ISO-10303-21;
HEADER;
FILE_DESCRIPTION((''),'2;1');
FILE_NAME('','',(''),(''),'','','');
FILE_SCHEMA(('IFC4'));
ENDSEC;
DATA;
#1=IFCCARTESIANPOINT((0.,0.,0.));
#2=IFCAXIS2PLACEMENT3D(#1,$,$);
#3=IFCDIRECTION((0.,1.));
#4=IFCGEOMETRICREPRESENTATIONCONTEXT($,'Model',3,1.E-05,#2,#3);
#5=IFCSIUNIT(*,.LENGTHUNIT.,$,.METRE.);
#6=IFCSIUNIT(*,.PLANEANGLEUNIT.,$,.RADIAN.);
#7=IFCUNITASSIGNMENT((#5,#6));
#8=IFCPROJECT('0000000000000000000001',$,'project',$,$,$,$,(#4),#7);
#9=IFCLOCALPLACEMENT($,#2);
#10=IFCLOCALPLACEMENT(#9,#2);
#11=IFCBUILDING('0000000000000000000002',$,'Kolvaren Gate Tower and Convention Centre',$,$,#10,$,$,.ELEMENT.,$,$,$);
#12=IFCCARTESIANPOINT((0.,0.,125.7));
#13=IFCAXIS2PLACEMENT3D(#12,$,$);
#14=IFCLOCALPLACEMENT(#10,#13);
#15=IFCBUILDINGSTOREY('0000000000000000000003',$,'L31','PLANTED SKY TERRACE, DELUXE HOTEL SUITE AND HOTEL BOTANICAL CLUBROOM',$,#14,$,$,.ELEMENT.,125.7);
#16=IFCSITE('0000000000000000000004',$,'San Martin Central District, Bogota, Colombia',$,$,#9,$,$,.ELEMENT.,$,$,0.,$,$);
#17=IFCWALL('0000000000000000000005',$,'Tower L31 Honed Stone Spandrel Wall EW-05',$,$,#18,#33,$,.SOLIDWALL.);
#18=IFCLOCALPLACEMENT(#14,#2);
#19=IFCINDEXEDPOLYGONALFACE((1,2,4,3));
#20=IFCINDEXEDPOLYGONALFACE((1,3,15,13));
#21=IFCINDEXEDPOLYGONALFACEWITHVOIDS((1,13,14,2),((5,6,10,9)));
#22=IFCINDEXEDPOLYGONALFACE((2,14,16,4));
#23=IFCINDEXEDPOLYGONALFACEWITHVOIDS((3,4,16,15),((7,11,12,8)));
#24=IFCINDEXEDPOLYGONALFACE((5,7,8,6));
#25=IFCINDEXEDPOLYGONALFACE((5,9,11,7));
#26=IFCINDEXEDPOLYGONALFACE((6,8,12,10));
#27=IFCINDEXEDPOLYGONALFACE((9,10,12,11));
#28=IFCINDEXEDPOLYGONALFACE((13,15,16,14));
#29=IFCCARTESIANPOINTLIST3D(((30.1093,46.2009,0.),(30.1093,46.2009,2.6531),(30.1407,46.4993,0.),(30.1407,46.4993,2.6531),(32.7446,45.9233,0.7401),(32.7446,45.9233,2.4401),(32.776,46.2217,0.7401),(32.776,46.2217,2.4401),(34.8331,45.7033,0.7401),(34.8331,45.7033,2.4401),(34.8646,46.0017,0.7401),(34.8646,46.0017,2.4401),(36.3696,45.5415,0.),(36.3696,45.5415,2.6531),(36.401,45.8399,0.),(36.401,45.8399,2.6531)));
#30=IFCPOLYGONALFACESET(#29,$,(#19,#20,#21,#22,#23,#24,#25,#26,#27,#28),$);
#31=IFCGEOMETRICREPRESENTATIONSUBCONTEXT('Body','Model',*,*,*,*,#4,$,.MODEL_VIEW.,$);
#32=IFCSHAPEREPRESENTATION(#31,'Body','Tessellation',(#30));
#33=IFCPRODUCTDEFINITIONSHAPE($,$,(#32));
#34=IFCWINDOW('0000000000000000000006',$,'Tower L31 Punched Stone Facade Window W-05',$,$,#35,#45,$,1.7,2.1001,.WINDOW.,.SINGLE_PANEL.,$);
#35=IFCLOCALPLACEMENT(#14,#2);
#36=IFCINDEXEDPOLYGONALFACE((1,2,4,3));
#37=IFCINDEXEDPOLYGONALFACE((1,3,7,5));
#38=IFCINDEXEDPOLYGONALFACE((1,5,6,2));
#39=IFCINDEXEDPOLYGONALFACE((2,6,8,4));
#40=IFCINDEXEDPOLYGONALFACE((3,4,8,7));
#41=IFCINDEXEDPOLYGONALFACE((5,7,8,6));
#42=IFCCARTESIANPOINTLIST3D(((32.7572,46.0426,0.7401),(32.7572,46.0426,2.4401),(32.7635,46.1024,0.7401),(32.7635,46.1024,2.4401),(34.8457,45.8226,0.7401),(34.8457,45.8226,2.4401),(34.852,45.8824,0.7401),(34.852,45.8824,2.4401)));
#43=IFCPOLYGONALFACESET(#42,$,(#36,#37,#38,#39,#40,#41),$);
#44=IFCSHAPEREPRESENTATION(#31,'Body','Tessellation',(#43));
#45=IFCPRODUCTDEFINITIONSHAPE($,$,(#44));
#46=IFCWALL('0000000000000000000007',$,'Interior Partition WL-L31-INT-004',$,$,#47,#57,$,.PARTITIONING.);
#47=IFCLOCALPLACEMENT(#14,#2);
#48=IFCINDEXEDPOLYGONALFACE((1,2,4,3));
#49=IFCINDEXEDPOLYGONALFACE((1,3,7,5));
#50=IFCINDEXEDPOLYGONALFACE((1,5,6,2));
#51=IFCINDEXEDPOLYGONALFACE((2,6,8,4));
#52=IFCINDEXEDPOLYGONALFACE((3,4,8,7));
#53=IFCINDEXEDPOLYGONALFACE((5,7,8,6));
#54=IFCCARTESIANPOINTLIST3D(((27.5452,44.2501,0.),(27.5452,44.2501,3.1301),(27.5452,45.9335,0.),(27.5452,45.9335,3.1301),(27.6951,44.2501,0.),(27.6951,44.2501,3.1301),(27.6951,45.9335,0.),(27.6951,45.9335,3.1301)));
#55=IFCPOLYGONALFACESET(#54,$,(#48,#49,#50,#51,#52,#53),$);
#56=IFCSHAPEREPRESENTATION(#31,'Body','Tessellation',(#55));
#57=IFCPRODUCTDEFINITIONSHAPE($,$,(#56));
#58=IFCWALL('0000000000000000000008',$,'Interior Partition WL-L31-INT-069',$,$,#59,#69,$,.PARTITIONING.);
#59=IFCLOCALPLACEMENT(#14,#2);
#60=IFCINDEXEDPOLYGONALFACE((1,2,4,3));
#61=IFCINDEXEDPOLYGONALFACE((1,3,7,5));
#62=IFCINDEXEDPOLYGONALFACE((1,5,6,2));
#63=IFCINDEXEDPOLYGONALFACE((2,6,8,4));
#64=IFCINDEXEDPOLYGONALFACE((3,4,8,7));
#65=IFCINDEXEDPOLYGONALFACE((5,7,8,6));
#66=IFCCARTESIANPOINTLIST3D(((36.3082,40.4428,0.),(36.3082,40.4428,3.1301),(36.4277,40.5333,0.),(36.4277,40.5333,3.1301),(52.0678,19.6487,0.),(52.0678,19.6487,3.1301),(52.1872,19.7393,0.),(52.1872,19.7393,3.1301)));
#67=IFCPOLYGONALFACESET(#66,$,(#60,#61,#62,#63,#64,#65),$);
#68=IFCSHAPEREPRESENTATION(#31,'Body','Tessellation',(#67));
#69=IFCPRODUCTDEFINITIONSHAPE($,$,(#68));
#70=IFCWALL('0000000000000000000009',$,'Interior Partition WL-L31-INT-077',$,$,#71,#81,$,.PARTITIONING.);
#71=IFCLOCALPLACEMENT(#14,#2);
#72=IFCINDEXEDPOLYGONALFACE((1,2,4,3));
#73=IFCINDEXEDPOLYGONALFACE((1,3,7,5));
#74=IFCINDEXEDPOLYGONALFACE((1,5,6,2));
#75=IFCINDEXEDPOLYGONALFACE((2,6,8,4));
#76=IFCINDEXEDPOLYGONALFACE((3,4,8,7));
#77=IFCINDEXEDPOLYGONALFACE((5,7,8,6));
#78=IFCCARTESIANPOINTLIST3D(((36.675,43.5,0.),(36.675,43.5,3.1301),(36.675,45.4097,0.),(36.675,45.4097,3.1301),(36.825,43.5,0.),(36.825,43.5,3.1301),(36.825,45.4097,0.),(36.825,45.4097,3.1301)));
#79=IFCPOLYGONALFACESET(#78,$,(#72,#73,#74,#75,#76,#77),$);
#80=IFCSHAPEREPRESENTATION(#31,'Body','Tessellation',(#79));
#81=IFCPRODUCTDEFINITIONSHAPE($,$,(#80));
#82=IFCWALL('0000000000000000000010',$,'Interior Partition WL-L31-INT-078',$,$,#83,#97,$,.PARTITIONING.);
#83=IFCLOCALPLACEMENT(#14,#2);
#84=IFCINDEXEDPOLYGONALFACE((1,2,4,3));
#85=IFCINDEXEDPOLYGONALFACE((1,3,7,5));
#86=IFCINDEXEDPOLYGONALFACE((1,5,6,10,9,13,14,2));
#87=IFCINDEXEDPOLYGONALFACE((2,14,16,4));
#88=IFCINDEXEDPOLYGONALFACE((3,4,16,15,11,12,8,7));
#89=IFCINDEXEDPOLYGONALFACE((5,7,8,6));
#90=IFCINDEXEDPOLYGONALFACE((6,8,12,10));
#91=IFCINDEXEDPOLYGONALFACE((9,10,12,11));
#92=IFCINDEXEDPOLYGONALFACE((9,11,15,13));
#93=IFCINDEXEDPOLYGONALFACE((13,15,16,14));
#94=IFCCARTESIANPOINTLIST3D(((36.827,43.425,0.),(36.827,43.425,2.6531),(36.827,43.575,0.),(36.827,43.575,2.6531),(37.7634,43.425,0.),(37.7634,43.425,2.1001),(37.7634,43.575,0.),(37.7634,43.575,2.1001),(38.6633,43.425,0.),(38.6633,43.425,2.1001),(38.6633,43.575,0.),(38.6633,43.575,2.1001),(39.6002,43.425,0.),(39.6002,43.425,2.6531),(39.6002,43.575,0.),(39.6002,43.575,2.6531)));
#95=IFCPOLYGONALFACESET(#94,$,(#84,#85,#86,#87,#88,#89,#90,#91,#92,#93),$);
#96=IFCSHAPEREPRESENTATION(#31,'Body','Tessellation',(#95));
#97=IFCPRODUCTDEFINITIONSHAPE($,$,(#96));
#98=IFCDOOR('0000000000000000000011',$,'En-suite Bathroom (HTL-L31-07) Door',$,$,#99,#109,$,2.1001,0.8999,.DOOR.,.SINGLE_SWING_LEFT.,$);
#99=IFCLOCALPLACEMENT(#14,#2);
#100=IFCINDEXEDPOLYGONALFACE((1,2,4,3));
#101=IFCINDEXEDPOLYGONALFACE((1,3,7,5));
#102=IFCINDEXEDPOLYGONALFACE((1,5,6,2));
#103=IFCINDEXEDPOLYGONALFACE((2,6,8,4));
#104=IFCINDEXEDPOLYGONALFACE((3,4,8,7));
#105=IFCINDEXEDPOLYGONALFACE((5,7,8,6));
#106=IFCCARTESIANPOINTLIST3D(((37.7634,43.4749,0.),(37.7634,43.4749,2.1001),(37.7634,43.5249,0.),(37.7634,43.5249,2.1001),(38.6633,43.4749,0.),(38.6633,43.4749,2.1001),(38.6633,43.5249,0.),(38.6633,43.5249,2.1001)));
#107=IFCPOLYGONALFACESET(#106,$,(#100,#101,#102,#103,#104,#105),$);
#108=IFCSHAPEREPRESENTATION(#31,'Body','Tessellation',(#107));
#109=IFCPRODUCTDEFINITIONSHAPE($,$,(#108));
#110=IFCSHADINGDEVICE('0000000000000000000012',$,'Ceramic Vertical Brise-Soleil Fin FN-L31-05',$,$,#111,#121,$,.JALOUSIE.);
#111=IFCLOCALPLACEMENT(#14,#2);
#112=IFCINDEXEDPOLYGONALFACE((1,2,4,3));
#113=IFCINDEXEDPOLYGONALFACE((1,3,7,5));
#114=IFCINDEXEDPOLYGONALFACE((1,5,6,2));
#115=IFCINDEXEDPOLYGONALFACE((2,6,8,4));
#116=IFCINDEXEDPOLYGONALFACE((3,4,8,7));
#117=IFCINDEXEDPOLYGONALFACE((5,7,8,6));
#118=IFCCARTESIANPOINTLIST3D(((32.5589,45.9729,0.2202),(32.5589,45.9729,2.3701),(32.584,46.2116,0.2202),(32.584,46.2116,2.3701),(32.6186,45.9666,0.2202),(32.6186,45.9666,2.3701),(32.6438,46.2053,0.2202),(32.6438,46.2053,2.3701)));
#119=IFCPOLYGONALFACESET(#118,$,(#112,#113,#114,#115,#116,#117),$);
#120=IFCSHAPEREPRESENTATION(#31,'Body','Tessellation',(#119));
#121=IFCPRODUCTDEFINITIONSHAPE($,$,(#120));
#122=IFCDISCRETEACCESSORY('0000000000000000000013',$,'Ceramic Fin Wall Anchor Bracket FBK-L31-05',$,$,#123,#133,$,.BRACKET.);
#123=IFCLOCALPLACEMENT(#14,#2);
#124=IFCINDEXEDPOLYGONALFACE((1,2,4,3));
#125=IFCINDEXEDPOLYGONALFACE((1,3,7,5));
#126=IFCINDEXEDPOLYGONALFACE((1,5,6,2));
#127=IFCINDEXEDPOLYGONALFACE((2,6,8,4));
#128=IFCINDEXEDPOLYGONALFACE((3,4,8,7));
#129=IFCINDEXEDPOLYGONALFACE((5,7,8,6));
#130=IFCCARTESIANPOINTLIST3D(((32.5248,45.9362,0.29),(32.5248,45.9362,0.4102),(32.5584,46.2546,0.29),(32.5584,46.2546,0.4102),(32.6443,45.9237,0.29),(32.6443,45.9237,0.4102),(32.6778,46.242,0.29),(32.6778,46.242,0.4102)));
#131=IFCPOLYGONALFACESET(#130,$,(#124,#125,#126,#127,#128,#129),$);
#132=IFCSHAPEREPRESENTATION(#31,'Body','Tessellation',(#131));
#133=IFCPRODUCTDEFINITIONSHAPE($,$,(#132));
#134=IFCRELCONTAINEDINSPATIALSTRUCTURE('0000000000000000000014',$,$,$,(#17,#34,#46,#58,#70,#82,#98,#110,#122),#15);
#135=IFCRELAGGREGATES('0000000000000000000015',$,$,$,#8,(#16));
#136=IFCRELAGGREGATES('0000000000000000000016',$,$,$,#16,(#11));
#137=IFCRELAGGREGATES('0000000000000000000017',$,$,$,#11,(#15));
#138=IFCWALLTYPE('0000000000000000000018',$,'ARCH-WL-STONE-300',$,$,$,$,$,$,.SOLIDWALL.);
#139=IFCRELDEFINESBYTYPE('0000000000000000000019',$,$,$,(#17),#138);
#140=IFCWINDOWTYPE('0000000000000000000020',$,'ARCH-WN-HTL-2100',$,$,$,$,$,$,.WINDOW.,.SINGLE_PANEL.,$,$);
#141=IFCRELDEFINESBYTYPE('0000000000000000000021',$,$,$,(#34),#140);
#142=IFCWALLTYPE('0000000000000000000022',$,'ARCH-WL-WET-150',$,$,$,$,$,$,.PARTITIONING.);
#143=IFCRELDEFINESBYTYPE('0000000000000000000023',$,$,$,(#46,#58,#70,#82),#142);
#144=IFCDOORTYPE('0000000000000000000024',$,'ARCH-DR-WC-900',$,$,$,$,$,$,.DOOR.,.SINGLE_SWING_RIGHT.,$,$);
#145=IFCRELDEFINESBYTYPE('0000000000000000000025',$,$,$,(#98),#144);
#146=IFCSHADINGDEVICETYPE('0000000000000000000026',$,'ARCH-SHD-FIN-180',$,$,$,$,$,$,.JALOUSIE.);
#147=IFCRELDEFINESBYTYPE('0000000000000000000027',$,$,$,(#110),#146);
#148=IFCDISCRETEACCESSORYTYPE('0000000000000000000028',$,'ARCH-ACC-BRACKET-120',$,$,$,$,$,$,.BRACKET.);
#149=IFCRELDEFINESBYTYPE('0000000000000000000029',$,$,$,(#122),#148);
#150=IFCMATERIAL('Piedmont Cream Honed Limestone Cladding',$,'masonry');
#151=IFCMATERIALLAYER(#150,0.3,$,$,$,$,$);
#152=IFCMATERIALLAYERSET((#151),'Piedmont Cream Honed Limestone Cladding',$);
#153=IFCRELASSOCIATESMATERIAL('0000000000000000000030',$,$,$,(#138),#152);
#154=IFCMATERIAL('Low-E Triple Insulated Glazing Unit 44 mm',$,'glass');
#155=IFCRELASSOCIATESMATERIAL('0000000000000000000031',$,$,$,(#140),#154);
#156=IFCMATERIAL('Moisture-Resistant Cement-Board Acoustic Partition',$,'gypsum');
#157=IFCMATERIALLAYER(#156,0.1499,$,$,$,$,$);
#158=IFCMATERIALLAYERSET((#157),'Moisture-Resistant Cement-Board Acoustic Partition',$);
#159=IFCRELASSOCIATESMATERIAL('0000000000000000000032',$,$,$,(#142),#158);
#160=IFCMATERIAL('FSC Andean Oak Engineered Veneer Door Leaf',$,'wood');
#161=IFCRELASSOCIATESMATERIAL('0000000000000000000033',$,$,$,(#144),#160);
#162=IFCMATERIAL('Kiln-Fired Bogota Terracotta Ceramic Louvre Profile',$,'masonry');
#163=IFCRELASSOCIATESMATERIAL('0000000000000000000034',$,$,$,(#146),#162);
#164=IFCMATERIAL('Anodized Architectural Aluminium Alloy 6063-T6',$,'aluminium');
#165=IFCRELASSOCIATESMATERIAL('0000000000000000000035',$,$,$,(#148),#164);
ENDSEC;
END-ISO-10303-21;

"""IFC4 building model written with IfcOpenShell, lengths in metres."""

from ifc_helpers import new_model, si_unit, direction, frame, frame_2d, origin, origin_2d, place, context, subcontext, project, spatial, rectangle, extrude, material, layer, layer_set, type_object, element, fill, save


model = new_model("IFC4")

# Units and contexts
model_context = context("Model", 3, precision=1e-05, world=origin(), true_north=direction((0.0, 1.0)))
body_context = subcontext(model_context, "Body", "Model", "MODEL_VIEW")
ifc_project = project(units=[si_unit("LENGTHUNIT", "METRE"), si_unit("PLANEANGLEUNIT", "RADIAN")], contexts=[model_context])

# Site, building, storey
site_placement = place(None, origin())
site = spatial("IfcSite", under=ifc_project, at=site_placement, Name="San Martin Central District, Bogota, Colombia", CompositionType="ELEMENT", RefElevation=0.0)
building_placement = place(site_placement, origin())
building = spatial("IfcBuilding", under=site, at=building_placement, Name="Kolvaren Gate Tower and Convention Centre", CompositionType="ELEMENT")
storey_placement = place(building_placement, frame((0.0, 0.0, 125.7)))
storey = spatial("IfcBuildingStorey", under=building, at=storey_placement, Name="L31", Description="PLANTED SKY TERRACE, DELUXE HOTEL SUITE AND HOTEL BOTANICAL CLUBROOM", CompositionType="ELEMENT", Elevation=125.7)

# Shared definitions
ifc_material_1 = material(Name="Piedmont Cream Honed Limestone Cladding", Category="masonry")
ifc_layer_1 = layer(ifc_material_1, 0.3)
ifc_layer_set_1 = layer_set([ifc_layer_1], Name="Piedmont Cream Honed Limestone Cladding")
wall_type_1 = type_object("IfcWallType", Name="ARCH-WL-STONE-300", PredefinedType="SOLIDWALL", material=ifc_layer_set_1)
ifc_material_2 = material(Name="Low-E Triple Insulated Glazing Unit 44 mm", Category="glass")

# Wall, opening, window
wall_1_placement = place(storey_placement, frame((30.125, 46.3501, 0.0), z_axis=(0.0, 0.0, 1.0), x_axis=(0.994498, -0.104755, 0.0)))
wall_1 = element("IfcWall", 1, at=wall_1_placement, inside=storey, type_object=wall_type_1, Name="Tower L31 Honed Stone Spandrel Wall EW-05", PredefinedType="SOLIDWALL", context=body_context, shape_type="SweptSolid", body=[
    extrude(rectangle(XDim=6.2949, YDim=0.3, at=frame_2d((3.1475, 0.0))), origin(), (0.0, 0.0, 1.0), 2.6531),
])
opening_1_placement = place(wall_1_placement, frame((2.6499, 0.0, 0.74)))
opening_1 = element("IfcOpeningElement", 2, at=opening_1_placement, cuts=wall_1, PredefinedType="OPENING", context=body_context, shape_type="SweptSolid", body=[
    extrude(rectangle(XDim=2.1001, YDim=1.7, at=frame_2d((1.05, 0.8501))), frame((0.0, 0.1599, 0.0), z_axis=(0.0, -1.0, 0.0), x_axis=(1.0, 0.0, 0.0)), (0.0, 0.0, 1.0), 0.3201),
])
window_type_1 = type_object("IfcWindowType", Name="ARCH-WN-HTL-2100", PartitioningType="SINGLE_PANEL", PredefinedType="WINDOW", material=ifc_material_2)
window_1_placement = place(opening_1_placement, origin())
window_1 = element("IfcWindow", 3, at=window_1_placement, inside=storey, type_object=window_type_1, Name="Tower L31 Punched Stone Facade Window W-05", OverallHeight=1.7, OverallWidth=2.1001, PartitioningType="SINGLE_PANEL", PredefinedType="WINDOW", context=body_context, shape_type="SweptSolid", body=[
    extrude(rectangle(XDim=2.1001, YDim=1.7, at=frame_2d((1.05, 0.8501))), frame((0.0, 0.03, 0.0), z_axis=(0.0, -1.0, 0.0), x_axis=(1.0, 0.0, 0.0)), (0.0, 0.0, 1.0), 0.0601),
])
fill(opening_1, window_1)

# Walls
ifc_material_3 = material(Name="Moisture-Resistant Cement-Board Acoustic Partition", Category="gypsum")
ifc_layer_2 = layer(ifc_material_3, 0.1499)
ifc_layer_set_2 = layer_set([ifc_layer_2], Name="Moisture-Resistant Cement-Board Acoustic Partition")
wall_type_2 = type_object("IfcWallType", Name="ARCH-WL-WET-150", PredefinedType="PARTITIONING", material=ifc_layer_set_2)
wall_2_placement = place(storey_placement, frame((27.6201, 44.25, 0.0), z_axis=(0.0, 0.0, 1.0), x_axis=(0.0, 1.0, 0.0)))
element("IfcWall", 4, at=wall_2_placement, inside=storey, type_object=wall_type_2, Name="Interior Partition WL-L31-INT-004", PredefinedType="PARTITIONING", context=body_context, shape_type="SweptSolid", body=[
    extrude(rectangle(XDim=1.6833, YDim=0.1499, at=frame_2d((0.8418, 0.0))), origin(), (0.0, 0.0, 1.0), 3.1301),
])
wall_3_placement = place(storey_placement, frame((36.3679, 40.488, 0.0), z_axis=(0.0, 0.0, 1.0), x_axis=(0.604017, -0.796972, 0.0)))
element("IfcWall", 5, at=wall_3_placement, inside=storey, type_object=wall_type_2, Name="Interior Partition WL-L31-INT-069", PredefinedType="PARTITIONING", context=body_context, shape_type="SweptSolid", body=[
    extrude(rectangle(XDim=26.0913, YDim=0.1499, at=frame_2d((13.0457, 0.0))), origin(), (0.0, 0.0, 1.0), 3.1301),
])
wall_4_placement = place(storey_placement, frame((36.75, 43.5, 0.0), z_axis=(0.0, 0.0, 1.0), x_axis=(0.0, 1.0, 0.0)))
element("IfcWall", 6, at=wall_4_placement, inside=storey, type_object=wall_type_2, Name="Interior Partition WL-L31-INT-077", PredefinedType="PARTITIONING", context=body_context, shape_type="SweptSolid", body=[
    extrude(rectangle(XDim=1.9097, YDim=0.1499, at=frame_2d((0.9548, 0.0))), origin(), (0.0, 0.0, 1.0), 3.1301),
])

# Wall, opening, door
wall_5_placement = place(storey_placement, frame((36.8269, 43.5, 0.0), z_axis=(0.0, 0.0, 1.0), x_axis=(1.0, 0.0, 0.0)))
wall_5 = element("IfcWall", 7, at=wall_5_placement, inside=storey, type_object=wall_type_2, Name="Interior Partition WL-L31-INT-078", PredefinedType="PARTITIONING", context=body_context, shape_type="SweptSolid", body=[
    extrude(rectangle(XDim=2.7732, YDim=0.1499, at=frame_2d((1.3867, 0.0))), origin(), (0.0, 0.0, 1.0), 2.6531),
])
opening_2_placement = place(wall_5_placement, frame((0.9365, 0.0, 0.0)))
opening_2 = element("IfcOpeningElement", 8, at=opening_2_placement, cuts=wall_5, PredefinedType="OPENING", context=body_context, shape_type="SweptSolid", body=[
    extrude(rectangle(XDim=0.8999, YDim=2.1001, at=frame_2d((0.45, 1.05))), frame((0.0, 0.085, 0.0), z_axis=(0.0, -1.0, 0.0), x_axis=(1.0, 0.0, 0.0)), (0.0, 0.0, 1.0), 0.1699),
])
ifc_material_4 = material(Name="FSC Andean Oak Engineered Veneer Door Leaf", Category="wood")
door_type_1 = type_object("IfcDoorType", Name="ARCH-DR-WC-900", OperationType="SINGLE_SWING_RIGHT", PredefinedType="DOOR", material=ifc_material_4)
door_1_placement = place(opening_2_placement, origin())
door_1 = element("IfcDoor", 9, at=door_1_placement, inside=storey, type_object=door_type_1, Name="En-suite Bathroom (HTL-L31-07) Door", OperationType="SINGLE_SWING_LEFT", OverallHeight=2.1001, OverallWidth=0.8999, PredefinedType="DOOR", context=body_context, shape_type="SweptSolid", body=[
    extrude(rectangle(XDim=0.8999, YDim=2.1001, at=frame_2d((0.45, 1.05))), frame((0.0, 0.0249, 0.0), z_axis=(0.0, -1.0, 0.0), x_axis=(1.0, 0.0, 0.0)), (0.0, 0.0, 1.0), 0.05),
])
fill(opening_2, door_1)

# Shading device
ifc_material_5 = material(Name="Kiln-Fired Bogota Terracotta Ceramic Louvre Profile", Category="masonry")
shading_device_type = type_object("IfcShadingDeviceType", Name="ARCH-SHD-FIN-180", PredefinedType="JALOUSIE", material=ifc_material_5)
shading_device_placement = place(storey_placement, frame((32.6013, 46.0891, 0.2202), z_axis=(0.0, 0.0, 1.0), x_axis=(0.9945, -0.104737, 0.0)))
element("IfcShadingDevice", 10, at=shading_device_placement, inside=storey, type_object=shading_device_type, Name="Ceramic Vertical Brise-Soleil Fin FN-L31-05", PredefinedType="JALOUSIE", context=body_context, shape_type="SweptSolid", body=[
    extrude(rectangle(XDim=0.0601, YDim=0.24, at=origin_2d()), origin(), (0.0, 0.0, 1.0), 2.1499),
])

# Discrete accessory
ifc_material_6 = material(Name="Anodized Architectural Aluminium Alloy 6063-T6", Category="aluminium")
discrete_accessory_type = type_object("IfcDiscreteAccessoryType", Name="ARCH-ACC-BRACKET-120", PredefinedType="BRACKET", material=ifc_material_6)
discrete_accessory_placement = place(storey_placement, frame((32.6013, 46.0891, 0.29), z_axis=(0.0, 0.0, 1.0), x_axis=(0.9945, -0.104737, 0.0)))
element("IfcDiscreteAccessory", 11, at=discrete_accessory_placement, inside=storey, type_object=discrete_accessory_type, Name="Ceramic Fin Wall Anchor Bracket FBK-L31-05", PredefinedType="BRACKET", context=body_context, shape_type="SweptSolid", body=[
    extrude(rectangle(XDim=0.1201, YDim=0.3201, at=origin_2d()), origin(), (0.0, 0.0, 1.0), 0.1201),
])

save(model, "model.ifc")
